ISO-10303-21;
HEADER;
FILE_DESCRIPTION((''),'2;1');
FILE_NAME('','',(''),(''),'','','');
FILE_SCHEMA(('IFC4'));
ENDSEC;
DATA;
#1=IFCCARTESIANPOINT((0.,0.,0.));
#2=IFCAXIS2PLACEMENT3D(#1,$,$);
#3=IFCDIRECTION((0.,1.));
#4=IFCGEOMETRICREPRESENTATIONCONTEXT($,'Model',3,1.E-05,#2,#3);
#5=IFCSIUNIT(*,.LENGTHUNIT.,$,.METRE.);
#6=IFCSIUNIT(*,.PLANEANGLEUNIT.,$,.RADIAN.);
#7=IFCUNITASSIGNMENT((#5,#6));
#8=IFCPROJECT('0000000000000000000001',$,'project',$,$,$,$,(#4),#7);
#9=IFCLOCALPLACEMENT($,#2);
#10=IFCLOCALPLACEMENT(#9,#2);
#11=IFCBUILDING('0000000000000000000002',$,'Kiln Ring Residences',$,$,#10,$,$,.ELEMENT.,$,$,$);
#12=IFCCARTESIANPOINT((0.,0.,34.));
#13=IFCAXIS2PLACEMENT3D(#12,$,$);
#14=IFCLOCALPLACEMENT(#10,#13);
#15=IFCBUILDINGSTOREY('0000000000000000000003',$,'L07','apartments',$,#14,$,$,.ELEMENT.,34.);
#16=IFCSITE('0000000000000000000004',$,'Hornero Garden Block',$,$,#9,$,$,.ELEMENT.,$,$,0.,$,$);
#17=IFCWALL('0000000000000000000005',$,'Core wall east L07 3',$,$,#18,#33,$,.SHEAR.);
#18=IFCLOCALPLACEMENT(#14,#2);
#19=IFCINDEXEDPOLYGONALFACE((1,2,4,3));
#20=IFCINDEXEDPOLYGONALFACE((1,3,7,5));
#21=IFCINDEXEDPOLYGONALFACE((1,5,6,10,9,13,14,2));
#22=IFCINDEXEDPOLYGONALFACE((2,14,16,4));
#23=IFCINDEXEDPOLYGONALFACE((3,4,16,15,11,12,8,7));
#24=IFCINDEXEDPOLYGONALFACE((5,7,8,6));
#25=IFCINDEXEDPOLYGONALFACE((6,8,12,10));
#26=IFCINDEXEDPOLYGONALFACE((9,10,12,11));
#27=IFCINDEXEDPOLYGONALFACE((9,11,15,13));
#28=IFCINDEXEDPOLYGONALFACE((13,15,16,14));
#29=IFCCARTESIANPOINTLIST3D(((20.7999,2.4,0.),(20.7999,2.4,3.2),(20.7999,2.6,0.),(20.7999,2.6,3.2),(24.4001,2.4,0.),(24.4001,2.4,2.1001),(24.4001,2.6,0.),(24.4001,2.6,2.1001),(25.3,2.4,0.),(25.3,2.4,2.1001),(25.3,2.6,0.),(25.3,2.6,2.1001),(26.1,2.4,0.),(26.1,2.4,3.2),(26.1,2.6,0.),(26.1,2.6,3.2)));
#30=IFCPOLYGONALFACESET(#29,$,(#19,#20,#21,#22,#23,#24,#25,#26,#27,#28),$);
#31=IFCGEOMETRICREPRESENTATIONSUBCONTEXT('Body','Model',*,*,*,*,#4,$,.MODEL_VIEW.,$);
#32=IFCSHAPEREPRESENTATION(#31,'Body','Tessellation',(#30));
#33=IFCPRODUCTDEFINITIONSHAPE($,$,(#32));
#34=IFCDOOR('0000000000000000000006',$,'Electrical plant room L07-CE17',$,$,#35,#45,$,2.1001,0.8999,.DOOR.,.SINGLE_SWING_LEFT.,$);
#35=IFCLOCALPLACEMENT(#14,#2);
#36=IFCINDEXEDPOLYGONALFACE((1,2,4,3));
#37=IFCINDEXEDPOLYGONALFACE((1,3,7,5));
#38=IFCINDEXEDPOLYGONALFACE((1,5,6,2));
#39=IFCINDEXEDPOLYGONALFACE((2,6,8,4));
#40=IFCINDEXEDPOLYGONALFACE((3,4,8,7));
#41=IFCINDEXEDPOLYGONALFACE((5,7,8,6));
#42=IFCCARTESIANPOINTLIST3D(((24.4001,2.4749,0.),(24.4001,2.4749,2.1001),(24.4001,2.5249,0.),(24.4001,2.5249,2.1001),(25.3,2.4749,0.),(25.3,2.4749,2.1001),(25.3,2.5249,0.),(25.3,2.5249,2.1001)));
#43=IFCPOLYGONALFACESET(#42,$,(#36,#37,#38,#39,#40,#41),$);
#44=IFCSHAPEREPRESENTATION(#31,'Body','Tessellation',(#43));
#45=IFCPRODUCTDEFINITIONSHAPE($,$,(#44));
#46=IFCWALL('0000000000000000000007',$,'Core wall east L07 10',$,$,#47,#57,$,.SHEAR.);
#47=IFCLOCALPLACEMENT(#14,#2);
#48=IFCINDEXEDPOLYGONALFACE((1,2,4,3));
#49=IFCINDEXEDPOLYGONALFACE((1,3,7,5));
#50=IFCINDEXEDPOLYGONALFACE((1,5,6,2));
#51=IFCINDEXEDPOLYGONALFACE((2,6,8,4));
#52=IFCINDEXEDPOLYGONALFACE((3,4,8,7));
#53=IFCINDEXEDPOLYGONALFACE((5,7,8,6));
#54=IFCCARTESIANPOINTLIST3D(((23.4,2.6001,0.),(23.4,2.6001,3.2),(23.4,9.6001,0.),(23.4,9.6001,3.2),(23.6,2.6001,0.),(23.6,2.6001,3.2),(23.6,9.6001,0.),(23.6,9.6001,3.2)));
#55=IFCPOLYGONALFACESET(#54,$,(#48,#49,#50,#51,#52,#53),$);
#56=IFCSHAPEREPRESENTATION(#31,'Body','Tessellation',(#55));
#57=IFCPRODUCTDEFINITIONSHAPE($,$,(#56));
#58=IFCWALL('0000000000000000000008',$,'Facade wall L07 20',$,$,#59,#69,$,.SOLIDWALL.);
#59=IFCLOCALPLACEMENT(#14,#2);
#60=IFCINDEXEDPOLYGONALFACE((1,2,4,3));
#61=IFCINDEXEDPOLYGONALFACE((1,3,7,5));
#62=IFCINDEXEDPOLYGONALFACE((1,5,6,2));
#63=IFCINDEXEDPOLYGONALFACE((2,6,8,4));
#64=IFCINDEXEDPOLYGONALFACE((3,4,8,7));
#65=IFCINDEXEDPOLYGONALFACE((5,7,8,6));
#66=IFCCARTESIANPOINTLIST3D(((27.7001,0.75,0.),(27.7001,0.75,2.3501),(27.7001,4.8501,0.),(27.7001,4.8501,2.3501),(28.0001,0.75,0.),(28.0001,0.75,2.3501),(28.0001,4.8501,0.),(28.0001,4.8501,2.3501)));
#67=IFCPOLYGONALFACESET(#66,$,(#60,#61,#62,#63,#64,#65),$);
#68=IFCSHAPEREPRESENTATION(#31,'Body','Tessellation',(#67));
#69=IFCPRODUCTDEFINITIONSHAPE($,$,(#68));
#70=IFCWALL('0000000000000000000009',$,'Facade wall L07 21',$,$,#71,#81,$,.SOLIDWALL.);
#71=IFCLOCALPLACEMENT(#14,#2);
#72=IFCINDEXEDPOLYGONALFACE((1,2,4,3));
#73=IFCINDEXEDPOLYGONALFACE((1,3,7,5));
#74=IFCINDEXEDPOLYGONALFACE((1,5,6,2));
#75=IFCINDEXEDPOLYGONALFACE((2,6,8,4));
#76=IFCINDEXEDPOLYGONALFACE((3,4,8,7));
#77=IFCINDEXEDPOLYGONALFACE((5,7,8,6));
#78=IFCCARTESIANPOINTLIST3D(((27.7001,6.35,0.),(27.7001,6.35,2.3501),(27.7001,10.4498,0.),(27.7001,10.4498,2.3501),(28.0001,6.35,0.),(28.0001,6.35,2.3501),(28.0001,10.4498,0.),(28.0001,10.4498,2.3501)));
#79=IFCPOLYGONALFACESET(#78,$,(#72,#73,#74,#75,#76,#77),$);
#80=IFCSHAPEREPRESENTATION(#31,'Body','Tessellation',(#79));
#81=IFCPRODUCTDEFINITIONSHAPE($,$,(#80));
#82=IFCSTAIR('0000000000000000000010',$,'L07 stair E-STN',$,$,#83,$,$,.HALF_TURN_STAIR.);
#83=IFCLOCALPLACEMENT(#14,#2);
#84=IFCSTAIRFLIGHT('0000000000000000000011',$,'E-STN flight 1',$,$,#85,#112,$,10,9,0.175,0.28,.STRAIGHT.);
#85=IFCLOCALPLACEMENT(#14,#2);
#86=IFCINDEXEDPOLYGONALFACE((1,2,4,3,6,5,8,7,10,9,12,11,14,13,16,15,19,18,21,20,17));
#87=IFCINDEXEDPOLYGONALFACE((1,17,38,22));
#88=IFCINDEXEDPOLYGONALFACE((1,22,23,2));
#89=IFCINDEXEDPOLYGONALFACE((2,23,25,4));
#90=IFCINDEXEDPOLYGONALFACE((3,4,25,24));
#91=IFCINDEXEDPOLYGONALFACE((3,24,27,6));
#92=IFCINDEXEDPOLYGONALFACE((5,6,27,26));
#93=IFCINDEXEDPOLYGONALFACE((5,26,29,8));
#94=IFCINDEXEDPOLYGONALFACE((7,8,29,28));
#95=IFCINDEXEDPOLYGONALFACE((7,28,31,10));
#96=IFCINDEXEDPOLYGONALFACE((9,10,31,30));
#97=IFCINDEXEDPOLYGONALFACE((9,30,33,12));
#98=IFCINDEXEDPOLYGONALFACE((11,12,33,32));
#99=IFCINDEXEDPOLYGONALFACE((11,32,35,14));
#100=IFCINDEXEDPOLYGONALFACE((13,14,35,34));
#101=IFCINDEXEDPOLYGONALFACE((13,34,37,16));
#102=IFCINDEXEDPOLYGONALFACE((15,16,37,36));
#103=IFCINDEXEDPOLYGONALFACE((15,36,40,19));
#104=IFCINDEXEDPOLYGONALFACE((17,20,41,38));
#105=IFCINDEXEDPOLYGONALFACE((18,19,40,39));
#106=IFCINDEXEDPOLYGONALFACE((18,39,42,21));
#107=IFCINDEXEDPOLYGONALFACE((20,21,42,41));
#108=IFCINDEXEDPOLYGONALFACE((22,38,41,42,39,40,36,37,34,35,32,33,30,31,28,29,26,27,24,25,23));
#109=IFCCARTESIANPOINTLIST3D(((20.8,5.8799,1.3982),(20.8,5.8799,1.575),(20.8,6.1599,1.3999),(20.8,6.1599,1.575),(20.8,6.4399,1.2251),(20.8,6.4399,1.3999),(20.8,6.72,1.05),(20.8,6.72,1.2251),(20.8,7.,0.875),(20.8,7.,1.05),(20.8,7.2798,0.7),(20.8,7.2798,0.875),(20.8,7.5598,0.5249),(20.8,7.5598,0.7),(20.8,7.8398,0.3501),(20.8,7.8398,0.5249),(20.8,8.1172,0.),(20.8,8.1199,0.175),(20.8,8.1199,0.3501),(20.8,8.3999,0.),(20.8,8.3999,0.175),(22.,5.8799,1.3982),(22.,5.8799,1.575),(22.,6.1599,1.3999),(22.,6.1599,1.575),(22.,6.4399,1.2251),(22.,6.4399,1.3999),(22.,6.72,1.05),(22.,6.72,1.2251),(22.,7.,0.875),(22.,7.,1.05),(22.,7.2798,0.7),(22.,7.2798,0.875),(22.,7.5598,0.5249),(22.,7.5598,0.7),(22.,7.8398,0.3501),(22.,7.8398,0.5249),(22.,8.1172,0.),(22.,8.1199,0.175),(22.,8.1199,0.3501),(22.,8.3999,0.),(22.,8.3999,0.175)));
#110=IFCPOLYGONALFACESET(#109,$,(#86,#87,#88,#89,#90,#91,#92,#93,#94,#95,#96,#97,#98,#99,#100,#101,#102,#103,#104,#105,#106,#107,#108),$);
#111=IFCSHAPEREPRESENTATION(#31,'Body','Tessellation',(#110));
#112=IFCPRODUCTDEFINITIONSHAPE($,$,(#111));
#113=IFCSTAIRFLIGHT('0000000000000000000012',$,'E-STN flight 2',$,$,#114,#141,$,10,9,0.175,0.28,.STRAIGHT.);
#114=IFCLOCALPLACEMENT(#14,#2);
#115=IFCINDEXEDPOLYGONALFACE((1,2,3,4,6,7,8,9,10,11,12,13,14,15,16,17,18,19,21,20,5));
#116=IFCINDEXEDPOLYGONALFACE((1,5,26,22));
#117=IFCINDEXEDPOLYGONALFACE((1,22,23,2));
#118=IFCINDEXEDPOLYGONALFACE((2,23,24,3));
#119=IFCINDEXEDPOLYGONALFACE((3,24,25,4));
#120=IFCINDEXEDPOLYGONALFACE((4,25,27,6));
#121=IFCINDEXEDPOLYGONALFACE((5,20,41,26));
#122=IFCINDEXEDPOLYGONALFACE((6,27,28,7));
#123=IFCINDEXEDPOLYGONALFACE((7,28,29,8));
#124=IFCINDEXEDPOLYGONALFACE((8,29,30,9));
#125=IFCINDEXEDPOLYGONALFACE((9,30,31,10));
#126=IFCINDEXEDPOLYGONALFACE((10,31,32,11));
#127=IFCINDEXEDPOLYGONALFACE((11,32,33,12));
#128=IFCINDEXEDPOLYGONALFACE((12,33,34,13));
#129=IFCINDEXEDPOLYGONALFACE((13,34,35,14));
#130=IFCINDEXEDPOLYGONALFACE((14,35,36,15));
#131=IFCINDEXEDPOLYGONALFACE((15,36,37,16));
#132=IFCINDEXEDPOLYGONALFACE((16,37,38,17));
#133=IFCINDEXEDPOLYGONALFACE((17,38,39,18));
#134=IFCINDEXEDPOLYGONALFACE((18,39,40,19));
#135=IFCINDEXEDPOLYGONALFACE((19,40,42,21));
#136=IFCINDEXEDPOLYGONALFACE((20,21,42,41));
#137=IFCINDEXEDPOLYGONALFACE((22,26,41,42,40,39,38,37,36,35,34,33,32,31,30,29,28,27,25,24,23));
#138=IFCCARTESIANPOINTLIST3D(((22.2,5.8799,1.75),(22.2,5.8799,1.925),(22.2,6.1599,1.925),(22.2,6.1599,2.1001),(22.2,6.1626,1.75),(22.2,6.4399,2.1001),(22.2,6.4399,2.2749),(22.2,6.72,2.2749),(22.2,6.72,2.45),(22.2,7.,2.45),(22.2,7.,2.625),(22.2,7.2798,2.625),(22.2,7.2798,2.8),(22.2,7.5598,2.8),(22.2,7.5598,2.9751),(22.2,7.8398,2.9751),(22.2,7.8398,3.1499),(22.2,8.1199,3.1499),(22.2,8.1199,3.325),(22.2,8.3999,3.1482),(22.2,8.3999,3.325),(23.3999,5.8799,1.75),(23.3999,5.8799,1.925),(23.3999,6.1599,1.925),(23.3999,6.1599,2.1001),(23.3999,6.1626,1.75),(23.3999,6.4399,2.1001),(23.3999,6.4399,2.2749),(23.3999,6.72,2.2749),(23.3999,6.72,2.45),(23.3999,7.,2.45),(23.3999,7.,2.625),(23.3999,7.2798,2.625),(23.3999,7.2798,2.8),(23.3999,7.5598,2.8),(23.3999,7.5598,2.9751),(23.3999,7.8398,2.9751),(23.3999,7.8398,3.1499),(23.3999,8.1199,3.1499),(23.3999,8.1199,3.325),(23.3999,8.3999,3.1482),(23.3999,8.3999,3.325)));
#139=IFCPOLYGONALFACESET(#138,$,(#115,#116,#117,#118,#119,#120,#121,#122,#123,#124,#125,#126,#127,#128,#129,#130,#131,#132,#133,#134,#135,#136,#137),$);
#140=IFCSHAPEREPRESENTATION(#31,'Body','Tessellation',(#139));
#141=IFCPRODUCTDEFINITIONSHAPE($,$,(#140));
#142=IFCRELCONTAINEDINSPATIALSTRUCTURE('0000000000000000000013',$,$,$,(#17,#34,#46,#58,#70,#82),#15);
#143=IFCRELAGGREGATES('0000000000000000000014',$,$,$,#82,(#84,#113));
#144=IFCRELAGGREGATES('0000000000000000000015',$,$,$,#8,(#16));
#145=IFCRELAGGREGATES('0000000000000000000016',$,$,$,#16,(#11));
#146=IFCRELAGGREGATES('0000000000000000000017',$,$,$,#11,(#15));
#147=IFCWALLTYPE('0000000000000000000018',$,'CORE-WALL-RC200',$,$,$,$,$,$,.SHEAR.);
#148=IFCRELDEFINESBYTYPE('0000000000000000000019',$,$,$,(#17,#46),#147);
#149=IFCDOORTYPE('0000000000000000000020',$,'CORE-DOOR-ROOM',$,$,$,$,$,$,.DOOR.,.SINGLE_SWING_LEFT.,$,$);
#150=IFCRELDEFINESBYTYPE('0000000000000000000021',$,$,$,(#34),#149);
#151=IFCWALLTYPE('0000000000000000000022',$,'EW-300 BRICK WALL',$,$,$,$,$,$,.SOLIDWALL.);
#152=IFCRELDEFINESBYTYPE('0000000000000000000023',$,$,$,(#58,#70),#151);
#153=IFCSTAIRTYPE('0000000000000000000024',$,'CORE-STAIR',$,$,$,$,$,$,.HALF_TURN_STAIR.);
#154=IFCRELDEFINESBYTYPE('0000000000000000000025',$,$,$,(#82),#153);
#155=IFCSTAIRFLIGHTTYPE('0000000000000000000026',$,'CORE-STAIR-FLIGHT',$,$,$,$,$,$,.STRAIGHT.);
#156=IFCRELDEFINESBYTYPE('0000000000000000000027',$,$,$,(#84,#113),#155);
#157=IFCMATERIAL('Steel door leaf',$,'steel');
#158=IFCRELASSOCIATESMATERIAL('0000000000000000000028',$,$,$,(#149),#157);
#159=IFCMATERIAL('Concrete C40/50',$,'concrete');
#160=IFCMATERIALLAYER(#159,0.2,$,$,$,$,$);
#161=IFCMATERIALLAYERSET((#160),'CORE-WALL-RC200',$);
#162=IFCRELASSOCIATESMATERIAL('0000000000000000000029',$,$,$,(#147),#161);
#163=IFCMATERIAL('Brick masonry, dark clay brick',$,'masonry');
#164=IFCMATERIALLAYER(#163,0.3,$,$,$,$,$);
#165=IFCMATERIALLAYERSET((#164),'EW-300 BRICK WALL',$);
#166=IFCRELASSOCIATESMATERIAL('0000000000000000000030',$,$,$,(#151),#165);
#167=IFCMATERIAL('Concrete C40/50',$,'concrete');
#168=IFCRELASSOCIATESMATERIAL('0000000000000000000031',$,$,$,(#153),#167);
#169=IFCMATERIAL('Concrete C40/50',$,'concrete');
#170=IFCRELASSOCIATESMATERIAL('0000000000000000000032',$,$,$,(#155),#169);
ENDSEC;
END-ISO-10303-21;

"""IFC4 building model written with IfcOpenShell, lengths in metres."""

from ifc_helpers import new_model, si_unit, direction, frame, frame_2d, origin, place, context, subcontext, project, spatial, polyline, rectangle, outline, extrude, material, layer, layer_set, type_object, element, fill, aggregate, save


model = new_model("IFC4")

# Units and contexts
model_context = context("Model", 3, precision=1e-05, world=origin(), true_north=direction((0.0, 1.0)))
body_context = subcontext(model_context, "Body", "Model", "MODEL_VIEW")
ifc_project = project(units=[si_unit("LENGTHUNIT", "METRE"), si_unit("PLANEANGLEUNIT", "RADIAN")], contexts=[model_context])

# Site, building, storey
site_placement = place(None, origin())
site = spatial("IfcSite", under=ifc_project, at=site_placement, Name="Hornero Garden Block", CompositionType="ELEMENT", RefElevation=0.0)
building_placement = place(site_placement, origin())
building = spatial("IfcBuilding", under=site, at=building_placement, Name="Kiln Ring Residences", CompositionType="ELEMENT")
storey_placement = place(building_placement, frame((0.0, 0.0, 34.0)))
storey = spatial("IfcBuildingStorey", under=building, at=storey_placement, Name="L07", Description="apartments", CompositionType="ELEMENT", Elevation=34.0)

# Shared definitions
ifc_material_1 = material(Name="Steel door leaf", Category="steel")
door_type = type_object("IfcDoorType", Name="CORE-DOOR-ROOM", OperationType="SINGLE_SWING_LEFT", PredefinedType="DOOR", material=ifc_material_1)

# Shared definitions
ifc_material_2 = material(Name="Concrete C40/50", Category="concrete")
ifc_layer_1 = layer(ifc_material_2, 0.2)
ifc_layer_set_1 = layer_set([ifc_layer_1], Name="CORE-WALL-RC200")
wall_type_1 = type_object("IfcWallType", Name="CORE-WALL-RC200", PredefinedType="SHEAR", material=ifc_layer_set_1)

# Wall, opening, door
wall_1_placement = place(storey_placement, frame((20.8, 2.5, 0.0), z_axis=(0.0, 0.0, 1.0), x_axis=(1.0, 0.0, 0.0)))
wall_1 = element("IfcWall", 1, at=wall_1_placement, inside=storey, type_object=wall_type_1, Name="Core wall east L07 3", PredefinedType="SHEAR", context=body_context, shape_type="SweptSolid", body=[
    extrude(rectangle(XDim=5.3, YDim=0.2, at=frame_2d((2.6499, 0.0))), origin(), (0.0, 0.0, 1.0), 3.2),
])
opening_1_placement = place(wall_1_placement, frame((3.6001, 0.0, 0.0)))
opening_1 = element("IfcOpeningElement", 2, at=opening_1_placement, cuts=wall_1, PredefinedType="OPENING", context=body_context, shape_type="SweptSolid", body=[
    extrude(rectangle(XDim=0.8999, YDim=2.1001, at=frame_2d((0.45, 1.05))), frame((0.0, 0.1099, 0.0), z_axis=(0.0, -1.0, 0.0), x_axis=(1.0, 0.0, 0.0)), (0.0, 0.0, 1.0), 0.22),
])
door_1_placement = place(opening_1_placement, origin())
door_1 = element("IfcDoor", 3, at=door_1_placement, inside=storey, type_object=door_type, Name="Electrical plant room L07-CE17", OperationType="SINGLE_SWING_LEFT", OverallHeight=2.1001, OverallWidth=0.8999, PredefinedType="DOOR", context=body_context, shape_type="SweptSolid", body=[
    extrude(rectangle(XDim=0.8999, YDim=2.1001, at=frame_2d((0.45, 1.05))), frame((0.0, 0.0249, 0.0), z_axis=(0.0, -1.0, 0.0), x_axis=(1.0, 0.0, 0.0)), (0.0, 0.0, 1.0), 0.05),
])
fill(opening_1, door_1)

# Walls
wall_2_placement = place(storey_placement, frame((23.5, 2.6001, 0.0), z_axis=(0.0, 0.0, 1.0), x_axis=(0.0, 1.0, 0.0)))
element("IfcWall", 4, at=wall_2_placement, inside=storey, type_object=wall_type_1, Name="Core wall east L07 10", PredefinedType="SHEAR", context=body_context, shape_type="SweptSolid", body=[
    extrude(rectangle(XDim=7.0, YDim=0.2, at=frame_2d((3.5, 0.0))), origin(), (0.0, 0.0, 1.0), 3.2),
])
ifc_material_3 = material(Name="Brick masonry, dark clay brick", Category="masonry")
ifc_layer_2 = layer(ifc_material_3, 0.3)
ifc_layer_set_2 = layer_set([ifc_layer_2], Name="EW-300 BRICK WALL")
wall_type_2 = type_object("IfcWallType", Name="EW-300 BRICK WALL", PredefinedType="SOLIDWALL", material=ifc_layer_set_2)
wall_3_placement = place(storey_placement, frame((27.8501, 0.75, 0.0), z_axis=(0.0, 0.0, 1.0), x_axis=(0.0, 1.0, 0.0)))
element("IfcWall", 5, at=wall_3_placement, inside=storey, type_object=wall_type_2, Name="Facade wall L07 20", PredefinedType="SOLIDWALL", context=body_context, shape_type="SweptSolid", body=[
    extrude(rectangle(XDim=4.1001, YDim=0.3, at=frame_2d((2.05, 0.0))), origin(), (0.0, 0.0, 1.0), 2.3501),
])
wall_4_placement = place(storey_placement, frame((27.8501, 6.3501, 0.0), z_axis=(0.0, 0.0, 1.0), x_axis=(0.0, 1.0, 0.0)))
element("IfcWall", 6, at=wall_4_placement, inside=storey, type_object=wall_type_2, Name="Facade wall L07 21", PredefinedType="SOLIDWALL", context=body_context, shape_type="SweptSolid", body=[
    extrude(rectangle(XDim=4.0999, YDim=0.3, at=frame_2d((2.0498, 0.0))), origin(), (0.0, 0.0, 1.0), 2.3501),
])

# Stair, stair flights
ifc_material_4 = material(Name="Concrete C40/50", Category="concrete")
stair_type = type_object("IfcStairType", Name="CORE-STAIR", PredefinedType="HALF_TURN_STAIR", material=ifc_material_4)
stair_placement = place(storey_placement, origin())
stair = element("IfcStair", 7, at=stair_placement, inside=storey, type_object=stair_type, Name="L07 stair E-STN", PredefinedType="HALF_TURN_STAIR")
ifc_material_5 = material(Name="Concrete C40/50", Category="concrete")
stair_flight_type = type_object("IfcStairFlightType", Name="CORE-STAIR-FLIGHT", PredefinedType="STRAIGHT", material=ifc_material_5)
stair_flight_1_placement = place(storey_placement, frame((21.3999, 8.3999, 0.0), z_axis=(0.0, 0.0, 1.0), x_axis=(0.0, -1.0, 0.0)))
stair_flight_1 = element("IfcStairFlight", 8, at=stair_flight_1_placement, type_object=stair_flight_type, Name="E-STN flight 1", NumberOfRisers=10, NumberOfTreads=9, PredefinedType="STRAIGHT", RiserHeight=0.175, TreadLength=0.28, context=body_context, shape_type="SweptSolid", body=[
    extrude(outline(polyline([(0.0, 0.0), (0.0, 0.175), (0.28, 0.175), (0.28, 0.3501), (0.5601, 0.3501), (0.5601, 0.5249), (0.8401, 0.5249), (0.8401, 0.7), (1.1201, 0.7), (1.1201, 0.875), (1.3999, 0.875), (1.3999, 1.05), (1.6799, 1.05), (1.6799, 1.2251), (1.96, 1.2251), (1.96, 1.3999), (2.24, 1.3999), (2.24, 1.575), (2.52, 1.575), (2.52, 1.75), (2.52, 1.3982), (0.2827, 0.0), (0.0, 0.0)])), frame((0.0, 0.6001, 0.0), z_axis=(0.0, -1.0, 0.0), x_axis=(1.0, 0.0, 0.0)), (0.0, 0.0, 1.0), 1.2),
])
stair_flight_2_placement = place(storey_placement, frame((22.8, 5.8799, 1.75), z_axis=(0.0, 0.0, 1.0), x_axis=(0.0, 1.0, 0.0)))
stair_flight_2 = element("IfcStairFlight", 9, at=stair_flight_2_placement, type_object=stair_flight_type, Name="E-STN flight 2", NumberOfRisers=10, NumberOfTreads=9, PredefinedType="STRAIGHT", RiserHeight=0.175, TreadLength=0.28, context=body_context, shape_type="SweptSolid", body=[
    extrude(outline(polyline([(0.0, 0.0), (0.0, 0.175), (0.28, 0.175), (0.28, 0.3501), (0.5601, 0.3501), (0.5601, 0.5249), (0.8401, 0.5249), (0.8401, 0.7), (1.1201, 0.7), (1.1201, 0.875), (1.3999, 0.875), (1.3999, 1.05), (1.6799, 1.05), (1.6799, 1.2251), (1.96, 1.2251), (1.96, 1.3999), (2.24, 1.3999), (2.24, 1.575), (2.52, 1.575), (2.52, 1.75), (2.52, 1.3982), (0.2827, 0.0), (0.0, 0.0)])), frame((0.0, 0.6001, 0.0), z_axis=(0.0, -1.0, 0.0), x_axis=(1.0, 0.0, 0.0)), (0.0, 0.0, 1.0), 1.2),
])
aggregate(stair, [stair_flight_1, stair_flight_2])

save(model, "model.ifc")
